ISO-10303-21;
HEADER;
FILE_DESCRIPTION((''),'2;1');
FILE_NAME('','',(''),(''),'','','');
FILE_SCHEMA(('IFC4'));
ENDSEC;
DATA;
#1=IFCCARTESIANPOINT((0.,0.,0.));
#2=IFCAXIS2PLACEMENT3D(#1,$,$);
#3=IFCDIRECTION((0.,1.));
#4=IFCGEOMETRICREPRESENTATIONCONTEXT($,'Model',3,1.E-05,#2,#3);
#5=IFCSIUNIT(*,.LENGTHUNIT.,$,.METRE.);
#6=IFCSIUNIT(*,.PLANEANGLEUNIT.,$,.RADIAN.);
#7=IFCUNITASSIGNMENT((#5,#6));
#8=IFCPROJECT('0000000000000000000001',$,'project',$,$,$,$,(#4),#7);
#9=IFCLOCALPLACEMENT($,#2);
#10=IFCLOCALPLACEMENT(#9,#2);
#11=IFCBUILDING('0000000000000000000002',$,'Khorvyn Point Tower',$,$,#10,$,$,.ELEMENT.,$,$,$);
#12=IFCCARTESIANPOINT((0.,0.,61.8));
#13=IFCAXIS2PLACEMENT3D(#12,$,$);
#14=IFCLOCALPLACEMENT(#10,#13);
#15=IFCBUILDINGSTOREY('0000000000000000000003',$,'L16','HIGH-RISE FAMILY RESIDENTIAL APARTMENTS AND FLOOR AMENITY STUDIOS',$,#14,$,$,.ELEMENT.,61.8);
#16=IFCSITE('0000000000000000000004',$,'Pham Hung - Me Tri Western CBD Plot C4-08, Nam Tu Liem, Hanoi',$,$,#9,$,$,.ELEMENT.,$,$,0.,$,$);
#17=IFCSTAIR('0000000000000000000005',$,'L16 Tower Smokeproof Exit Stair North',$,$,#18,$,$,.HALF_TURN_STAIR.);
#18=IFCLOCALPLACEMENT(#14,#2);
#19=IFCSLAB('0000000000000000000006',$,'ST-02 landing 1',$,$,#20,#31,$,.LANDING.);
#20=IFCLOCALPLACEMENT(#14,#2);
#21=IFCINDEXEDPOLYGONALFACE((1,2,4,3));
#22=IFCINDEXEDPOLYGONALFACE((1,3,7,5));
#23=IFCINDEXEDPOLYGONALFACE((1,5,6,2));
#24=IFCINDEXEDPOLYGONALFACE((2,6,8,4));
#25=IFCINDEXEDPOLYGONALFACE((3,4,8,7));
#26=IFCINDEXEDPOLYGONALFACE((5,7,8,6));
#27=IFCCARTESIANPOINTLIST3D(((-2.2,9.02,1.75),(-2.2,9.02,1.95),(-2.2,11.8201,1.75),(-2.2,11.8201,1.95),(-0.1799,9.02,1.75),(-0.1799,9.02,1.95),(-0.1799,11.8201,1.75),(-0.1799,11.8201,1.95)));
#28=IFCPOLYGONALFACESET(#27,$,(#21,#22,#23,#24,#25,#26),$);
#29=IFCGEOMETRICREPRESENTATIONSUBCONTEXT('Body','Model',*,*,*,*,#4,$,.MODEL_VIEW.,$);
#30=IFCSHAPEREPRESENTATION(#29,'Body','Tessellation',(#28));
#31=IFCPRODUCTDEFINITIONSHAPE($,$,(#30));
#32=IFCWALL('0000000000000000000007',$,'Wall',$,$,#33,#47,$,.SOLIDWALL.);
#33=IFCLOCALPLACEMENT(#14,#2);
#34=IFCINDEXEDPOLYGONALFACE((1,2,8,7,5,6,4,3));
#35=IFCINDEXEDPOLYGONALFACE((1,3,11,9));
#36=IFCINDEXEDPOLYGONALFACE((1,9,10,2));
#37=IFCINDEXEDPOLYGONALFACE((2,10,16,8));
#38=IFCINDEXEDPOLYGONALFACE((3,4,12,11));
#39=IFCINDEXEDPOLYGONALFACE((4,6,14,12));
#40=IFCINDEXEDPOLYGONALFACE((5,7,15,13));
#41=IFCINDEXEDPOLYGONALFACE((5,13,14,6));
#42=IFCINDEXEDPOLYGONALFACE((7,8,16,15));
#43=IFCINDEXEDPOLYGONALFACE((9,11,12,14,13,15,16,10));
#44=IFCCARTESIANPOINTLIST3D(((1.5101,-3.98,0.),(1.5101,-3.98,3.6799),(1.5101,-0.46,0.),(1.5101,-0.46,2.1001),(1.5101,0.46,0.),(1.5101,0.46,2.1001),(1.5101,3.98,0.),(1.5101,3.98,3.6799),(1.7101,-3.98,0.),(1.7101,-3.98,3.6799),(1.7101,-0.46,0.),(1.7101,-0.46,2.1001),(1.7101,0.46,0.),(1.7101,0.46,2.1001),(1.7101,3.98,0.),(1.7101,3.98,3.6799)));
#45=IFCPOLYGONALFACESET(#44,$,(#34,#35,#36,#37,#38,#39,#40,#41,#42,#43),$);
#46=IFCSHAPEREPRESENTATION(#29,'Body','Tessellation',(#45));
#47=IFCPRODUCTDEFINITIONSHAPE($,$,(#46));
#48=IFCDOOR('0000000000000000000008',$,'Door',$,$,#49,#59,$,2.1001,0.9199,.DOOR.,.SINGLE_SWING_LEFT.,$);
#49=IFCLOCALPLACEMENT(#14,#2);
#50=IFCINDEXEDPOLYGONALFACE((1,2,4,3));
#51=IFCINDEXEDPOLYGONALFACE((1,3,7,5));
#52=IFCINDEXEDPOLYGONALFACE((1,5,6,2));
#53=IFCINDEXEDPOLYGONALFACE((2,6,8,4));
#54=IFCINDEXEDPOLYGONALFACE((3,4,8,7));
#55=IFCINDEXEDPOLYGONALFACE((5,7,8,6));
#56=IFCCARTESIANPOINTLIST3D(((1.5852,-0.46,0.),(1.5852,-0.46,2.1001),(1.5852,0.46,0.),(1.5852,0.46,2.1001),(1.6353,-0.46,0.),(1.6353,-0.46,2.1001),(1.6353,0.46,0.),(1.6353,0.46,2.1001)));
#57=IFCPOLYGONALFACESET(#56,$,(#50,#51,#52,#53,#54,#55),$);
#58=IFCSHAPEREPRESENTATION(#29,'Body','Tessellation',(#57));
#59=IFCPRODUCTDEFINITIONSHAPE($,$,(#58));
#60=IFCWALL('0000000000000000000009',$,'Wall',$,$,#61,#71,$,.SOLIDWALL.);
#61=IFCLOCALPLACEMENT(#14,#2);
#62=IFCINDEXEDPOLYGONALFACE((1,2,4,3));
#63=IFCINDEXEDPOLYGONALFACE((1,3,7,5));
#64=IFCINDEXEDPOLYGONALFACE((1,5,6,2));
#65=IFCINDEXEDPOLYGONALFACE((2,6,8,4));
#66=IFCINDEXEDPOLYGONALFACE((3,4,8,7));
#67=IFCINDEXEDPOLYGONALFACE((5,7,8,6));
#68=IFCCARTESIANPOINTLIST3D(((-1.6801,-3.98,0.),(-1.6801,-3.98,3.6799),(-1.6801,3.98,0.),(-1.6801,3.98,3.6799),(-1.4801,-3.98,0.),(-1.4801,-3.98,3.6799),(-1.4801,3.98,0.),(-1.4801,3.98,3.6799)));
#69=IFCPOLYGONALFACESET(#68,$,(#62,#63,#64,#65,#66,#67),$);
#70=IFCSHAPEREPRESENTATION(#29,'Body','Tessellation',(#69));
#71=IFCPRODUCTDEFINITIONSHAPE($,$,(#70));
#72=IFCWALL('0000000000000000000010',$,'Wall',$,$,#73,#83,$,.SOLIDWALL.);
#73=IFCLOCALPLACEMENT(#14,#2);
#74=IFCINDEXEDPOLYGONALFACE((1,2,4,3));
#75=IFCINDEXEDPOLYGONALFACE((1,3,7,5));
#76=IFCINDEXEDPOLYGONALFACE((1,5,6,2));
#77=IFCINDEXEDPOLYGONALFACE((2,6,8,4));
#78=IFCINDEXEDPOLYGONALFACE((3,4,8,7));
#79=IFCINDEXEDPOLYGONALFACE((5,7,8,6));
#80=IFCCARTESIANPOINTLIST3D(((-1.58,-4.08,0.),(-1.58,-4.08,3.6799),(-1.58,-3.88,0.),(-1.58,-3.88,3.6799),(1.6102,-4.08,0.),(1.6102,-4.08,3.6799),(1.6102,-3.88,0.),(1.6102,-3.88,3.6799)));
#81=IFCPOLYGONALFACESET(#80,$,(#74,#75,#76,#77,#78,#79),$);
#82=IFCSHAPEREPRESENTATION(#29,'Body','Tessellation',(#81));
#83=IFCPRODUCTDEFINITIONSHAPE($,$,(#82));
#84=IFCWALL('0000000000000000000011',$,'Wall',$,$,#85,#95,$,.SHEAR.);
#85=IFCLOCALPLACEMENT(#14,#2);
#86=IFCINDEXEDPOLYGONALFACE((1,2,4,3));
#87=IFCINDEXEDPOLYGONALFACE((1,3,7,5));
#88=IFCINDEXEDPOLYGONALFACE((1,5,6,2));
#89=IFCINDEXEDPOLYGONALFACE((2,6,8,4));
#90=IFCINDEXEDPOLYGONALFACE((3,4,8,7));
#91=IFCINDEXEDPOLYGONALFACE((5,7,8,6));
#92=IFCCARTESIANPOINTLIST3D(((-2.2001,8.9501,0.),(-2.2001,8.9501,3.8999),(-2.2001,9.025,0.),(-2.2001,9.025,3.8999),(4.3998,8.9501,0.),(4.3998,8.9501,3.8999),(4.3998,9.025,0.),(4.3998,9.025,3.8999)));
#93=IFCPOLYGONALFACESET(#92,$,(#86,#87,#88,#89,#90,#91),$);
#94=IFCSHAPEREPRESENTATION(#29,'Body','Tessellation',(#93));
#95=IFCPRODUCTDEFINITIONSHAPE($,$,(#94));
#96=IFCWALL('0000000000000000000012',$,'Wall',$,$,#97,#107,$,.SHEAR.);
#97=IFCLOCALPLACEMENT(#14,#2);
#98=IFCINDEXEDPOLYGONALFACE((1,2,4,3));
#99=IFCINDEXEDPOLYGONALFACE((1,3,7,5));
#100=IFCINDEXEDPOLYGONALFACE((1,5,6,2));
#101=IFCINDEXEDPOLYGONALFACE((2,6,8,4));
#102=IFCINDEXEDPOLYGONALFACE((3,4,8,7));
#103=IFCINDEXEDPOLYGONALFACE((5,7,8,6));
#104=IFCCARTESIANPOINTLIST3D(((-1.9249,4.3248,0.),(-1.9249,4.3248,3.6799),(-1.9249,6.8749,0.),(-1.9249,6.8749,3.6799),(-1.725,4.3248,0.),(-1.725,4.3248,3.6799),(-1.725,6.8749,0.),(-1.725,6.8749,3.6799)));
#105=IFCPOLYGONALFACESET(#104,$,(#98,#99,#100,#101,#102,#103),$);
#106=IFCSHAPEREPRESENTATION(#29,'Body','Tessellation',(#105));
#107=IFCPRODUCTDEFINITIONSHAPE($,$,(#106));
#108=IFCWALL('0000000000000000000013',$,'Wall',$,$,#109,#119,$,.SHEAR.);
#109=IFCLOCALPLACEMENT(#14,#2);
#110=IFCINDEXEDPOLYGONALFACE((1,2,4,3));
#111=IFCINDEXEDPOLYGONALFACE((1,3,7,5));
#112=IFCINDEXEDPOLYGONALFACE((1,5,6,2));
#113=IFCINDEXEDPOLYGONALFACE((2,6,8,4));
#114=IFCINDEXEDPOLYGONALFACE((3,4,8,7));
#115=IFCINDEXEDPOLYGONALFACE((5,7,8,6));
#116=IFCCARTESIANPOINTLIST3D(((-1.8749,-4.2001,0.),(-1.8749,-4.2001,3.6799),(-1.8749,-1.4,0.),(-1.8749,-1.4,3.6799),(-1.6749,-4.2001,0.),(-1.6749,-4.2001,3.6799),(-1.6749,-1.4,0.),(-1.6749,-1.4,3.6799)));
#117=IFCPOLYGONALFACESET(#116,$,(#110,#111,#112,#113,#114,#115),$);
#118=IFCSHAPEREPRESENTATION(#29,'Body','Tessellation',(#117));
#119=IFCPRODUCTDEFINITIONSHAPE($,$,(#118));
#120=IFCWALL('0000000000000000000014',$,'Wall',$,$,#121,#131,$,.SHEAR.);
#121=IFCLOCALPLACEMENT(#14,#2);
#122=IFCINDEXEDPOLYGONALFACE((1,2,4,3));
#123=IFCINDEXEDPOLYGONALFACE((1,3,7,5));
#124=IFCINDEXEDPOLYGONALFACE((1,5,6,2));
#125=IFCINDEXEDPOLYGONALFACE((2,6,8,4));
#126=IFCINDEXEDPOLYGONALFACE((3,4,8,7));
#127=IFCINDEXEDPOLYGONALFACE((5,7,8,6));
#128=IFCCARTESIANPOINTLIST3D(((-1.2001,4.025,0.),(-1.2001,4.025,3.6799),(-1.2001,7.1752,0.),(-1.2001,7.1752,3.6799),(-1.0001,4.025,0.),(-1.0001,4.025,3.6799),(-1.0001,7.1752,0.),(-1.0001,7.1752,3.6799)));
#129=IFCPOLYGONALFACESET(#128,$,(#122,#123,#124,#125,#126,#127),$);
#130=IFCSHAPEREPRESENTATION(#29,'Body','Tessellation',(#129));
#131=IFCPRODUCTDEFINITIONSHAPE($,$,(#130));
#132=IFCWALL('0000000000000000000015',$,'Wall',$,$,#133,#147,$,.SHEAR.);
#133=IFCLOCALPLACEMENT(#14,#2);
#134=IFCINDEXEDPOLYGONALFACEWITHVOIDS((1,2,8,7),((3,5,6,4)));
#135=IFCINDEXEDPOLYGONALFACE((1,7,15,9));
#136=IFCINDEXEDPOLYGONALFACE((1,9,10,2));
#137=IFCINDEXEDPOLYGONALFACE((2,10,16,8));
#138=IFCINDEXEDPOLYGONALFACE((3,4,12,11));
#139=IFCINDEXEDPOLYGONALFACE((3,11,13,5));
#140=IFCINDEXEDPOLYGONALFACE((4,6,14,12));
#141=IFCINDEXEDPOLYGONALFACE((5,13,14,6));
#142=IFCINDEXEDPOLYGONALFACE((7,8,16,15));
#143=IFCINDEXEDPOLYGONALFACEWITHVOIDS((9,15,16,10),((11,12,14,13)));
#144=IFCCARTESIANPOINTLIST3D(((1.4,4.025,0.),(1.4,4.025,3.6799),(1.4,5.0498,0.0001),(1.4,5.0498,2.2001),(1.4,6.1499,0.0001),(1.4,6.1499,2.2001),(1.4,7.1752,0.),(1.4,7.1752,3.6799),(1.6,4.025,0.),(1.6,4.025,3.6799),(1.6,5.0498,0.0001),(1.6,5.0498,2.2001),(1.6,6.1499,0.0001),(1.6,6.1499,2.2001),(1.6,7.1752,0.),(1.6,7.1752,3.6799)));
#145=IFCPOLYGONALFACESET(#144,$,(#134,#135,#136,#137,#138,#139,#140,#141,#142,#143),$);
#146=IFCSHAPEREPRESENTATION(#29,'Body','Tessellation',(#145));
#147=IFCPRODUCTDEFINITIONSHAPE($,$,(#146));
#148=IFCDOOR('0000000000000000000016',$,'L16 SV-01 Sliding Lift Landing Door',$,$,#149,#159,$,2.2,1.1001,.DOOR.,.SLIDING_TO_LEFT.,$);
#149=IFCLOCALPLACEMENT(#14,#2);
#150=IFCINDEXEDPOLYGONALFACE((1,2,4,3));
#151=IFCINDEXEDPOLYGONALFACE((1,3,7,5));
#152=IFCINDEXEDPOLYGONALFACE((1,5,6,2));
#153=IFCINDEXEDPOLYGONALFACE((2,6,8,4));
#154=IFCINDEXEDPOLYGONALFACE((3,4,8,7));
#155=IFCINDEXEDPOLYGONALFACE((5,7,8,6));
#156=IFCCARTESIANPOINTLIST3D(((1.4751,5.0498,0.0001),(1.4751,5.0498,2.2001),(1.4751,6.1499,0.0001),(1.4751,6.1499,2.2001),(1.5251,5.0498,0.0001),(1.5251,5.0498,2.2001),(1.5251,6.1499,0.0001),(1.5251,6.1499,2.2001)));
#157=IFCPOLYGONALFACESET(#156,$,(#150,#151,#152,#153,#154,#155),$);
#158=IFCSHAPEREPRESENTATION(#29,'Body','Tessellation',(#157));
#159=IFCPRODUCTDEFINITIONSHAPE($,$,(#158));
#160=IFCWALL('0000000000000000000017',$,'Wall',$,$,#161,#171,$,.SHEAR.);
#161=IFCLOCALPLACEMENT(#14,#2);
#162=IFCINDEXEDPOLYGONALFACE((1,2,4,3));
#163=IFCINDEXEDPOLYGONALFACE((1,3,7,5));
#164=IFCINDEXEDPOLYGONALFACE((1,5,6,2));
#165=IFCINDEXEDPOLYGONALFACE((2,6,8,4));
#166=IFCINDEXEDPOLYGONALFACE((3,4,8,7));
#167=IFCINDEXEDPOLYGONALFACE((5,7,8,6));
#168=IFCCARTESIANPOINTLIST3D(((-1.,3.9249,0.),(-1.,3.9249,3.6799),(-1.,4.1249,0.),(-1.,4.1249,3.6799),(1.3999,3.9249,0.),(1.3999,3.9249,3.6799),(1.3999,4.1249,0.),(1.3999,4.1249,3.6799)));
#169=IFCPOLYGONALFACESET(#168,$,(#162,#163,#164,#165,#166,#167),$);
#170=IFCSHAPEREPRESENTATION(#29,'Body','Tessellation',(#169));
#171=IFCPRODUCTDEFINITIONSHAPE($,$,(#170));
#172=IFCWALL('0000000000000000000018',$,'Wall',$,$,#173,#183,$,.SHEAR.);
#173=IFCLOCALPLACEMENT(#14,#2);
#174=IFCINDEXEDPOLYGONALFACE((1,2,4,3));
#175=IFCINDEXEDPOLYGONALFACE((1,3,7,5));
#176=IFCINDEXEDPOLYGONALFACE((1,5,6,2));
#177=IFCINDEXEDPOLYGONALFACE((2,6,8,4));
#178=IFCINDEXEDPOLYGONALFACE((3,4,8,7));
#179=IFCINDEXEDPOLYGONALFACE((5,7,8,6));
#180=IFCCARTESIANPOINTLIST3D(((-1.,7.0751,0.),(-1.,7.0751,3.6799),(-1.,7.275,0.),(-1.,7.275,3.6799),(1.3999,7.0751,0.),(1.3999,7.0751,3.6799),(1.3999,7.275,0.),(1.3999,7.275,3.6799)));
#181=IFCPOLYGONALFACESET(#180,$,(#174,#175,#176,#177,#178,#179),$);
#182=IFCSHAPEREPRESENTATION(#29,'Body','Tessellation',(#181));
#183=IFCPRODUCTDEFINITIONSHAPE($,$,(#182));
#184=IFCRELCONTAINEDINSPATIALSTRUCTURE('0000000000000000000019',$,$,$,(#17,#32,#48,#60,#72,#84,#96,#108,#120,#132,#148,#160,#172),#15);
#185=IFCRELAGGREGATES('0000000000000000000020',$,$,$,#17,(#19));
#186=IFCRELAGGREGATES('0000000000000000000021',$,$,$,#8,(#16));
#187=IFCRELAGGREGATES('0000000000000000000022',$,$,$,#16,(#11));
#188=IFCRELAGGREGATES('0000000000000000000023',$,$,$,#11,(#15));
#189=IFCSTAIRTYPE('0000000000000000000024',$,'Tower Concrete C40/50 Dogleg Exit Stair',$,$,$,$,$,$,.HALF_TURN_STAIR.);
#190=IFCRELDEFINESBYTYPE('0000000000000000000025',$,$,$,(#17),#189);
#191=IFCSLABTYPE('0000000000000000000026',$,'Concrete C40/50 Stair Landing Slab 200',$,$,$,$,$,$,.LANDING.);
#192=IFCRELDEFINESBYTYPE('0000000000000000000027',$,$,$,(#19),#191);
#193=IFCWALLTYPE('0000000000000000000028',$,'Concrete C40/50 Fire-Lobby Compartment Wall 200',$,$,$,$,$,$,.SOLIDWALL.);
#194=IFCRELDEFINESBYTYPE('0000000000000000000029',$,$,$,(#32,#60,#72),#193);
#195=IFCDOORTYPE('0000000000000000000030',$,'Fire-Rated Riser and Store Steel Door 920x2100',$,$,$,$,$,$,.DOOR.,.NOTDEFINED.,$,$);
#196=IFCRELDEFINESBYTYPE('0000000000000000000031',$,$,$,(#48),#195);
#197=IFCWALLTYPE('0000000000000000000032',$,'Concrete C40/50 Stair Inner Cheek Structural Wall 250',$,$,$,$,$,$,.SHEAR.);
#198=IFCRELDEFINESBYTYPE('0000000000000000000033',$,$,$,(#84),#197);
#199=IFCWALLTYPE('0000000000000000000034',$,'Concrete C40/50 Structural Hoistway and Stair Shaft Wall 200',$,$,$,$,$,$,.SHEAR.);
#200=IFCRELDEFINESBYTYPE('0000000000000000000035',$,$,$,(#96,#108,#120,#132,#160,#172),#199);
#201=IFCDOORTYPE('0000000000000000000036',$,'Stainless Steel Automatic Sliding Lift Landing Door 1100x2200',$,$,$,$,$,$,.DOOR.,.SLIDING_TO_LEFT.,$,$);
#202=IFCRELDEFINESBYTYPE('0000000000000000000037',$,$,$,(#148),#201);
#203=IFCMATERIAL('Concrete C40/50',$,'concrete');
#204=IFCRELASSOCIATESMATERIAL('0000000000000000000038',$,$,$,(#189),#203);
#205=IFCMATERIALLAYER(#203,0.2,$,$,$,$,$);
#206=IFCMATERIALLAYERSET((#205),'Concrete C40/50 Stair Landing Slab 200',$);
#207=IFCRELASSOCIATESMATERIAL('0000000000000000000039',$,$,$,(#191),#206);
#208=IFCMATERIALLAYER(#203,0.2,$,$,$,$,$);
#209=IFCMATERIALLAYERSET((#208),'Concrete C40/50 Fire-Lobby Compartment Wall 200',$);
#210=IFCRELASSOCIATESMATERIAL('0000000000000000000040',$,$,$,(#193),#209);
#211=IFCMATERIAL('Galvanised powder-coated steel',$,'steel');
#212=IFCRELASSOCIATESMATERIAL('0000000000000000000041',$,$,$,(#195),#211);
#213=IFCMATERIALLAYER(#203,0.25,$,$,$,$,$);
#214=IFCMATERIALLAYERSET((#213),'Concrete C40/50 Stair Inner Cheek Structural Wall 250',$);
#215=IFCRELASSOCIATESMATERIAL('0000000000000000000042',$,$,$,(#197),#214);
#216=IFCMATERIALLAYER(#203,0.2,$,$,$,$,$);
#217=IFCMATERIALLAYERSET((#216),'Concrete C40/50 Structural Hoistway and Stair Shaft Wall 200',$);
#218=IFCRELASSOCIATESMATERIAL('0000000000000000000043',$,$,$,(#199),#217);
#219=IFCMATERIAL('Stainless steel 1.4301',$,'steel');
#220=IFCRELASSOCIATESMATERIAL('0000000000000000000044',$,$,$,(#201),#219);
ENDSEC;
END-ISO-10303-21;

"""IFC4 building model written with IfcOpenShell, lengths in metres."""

from ifc_helpers import new_model, si_unit, direction, frame, frame_2d, origin, place, context, subcontext, project, spatial, polyline, rectangle, outline, extrude, material, layer, layer_set, type_object, element, fill, aggregate, save


model = new_model("IFC4")

# Units and contexts
model_context = context("Model", 3, precision=1e-05, world=origin(), true_north=direction((0.0, 1.0)))
body_context = subcontext(model_context, "Body", "Model", "MODEL_VIEW")
ifc_project = project(units=[si_unit("LENGTHUNIT", "METRE"), si_unit("PLANEANGLEUNIT", "RADIAN")], contexts=[model_context])

# Site, building, storey
site_placement = place(None, origin())
site = spatial("IfcSite", under=ifc_project, at=site_placement, Name="Pham Hung - Me Tri Western CBD Plot C4-08, Nam Tu Liem, Hanoi", CompositionType="ELEMENT", RefElevation=0.0)
building_placement = place(site_placement, origin())
building = spatial("IfcBuilding", under=site, at=building_placement, Name="Khorvyn Point Tower", CompositionType="ELEMENT")
storey_placement = place(building_placement, frame((0.0, 0.0, 61.8)))
storey = spatial("IfcBuildingStorey", under=building, at=storey_placement, Name="L16", Description="HIGH-RISE FAMILY RESIDENTIAL APARTMENTS AND FLOOR AMENITY STUDIOS", CompositionType="ELEMENT", Elevation=61.8)

# Shared definitions
ifc_material_1 = material(Name="Concrete C40/50", Category="concrete")

# Stair, slab
stair_type = type_object("IfcStairType", Name="Tower Concrete C40/50 Dogleg Exit Stair", PredefinedType="HALF_TURN_STAIR", material=ifc_material_1)
ifc_layer_1 = layer(ifc_material_1, 0.2)
ifc_layer_set_1 = layer_set([ifc_layer_1], Name="Concrete C40/50 Stair Landing Slab 200")
slab_type_1 = type_object("IfcSlabType", Name="Concrete C40/50 Stair Landing Slab 200", PredefinedType="LANDING", material=ifc_layer_set_1)
stair_1_placement = place(storey_placement, origin())
stair_1 = element("IfcStair", 1, at=stair_1_placement, inside=storey, type_object=stair_type, Name="L16 Tower Smokeproof Exit Stair North", PredefinedType="HALF_TURN_STAIR")
slab_1_placement = place(storey_placement, frame((0.0, 0.0, 1.75)))
slab_1 = element("IfcSlab", 2, at=slab_1_placement, type_object=slab_type_1, Name="ST-02 landing 1", PredefinedType="LANDING", context=body_context, shape_type="SweptSolid", body=[
    extrude(outline(polyline([(-0.1799, 11.8201), (-2.2, 11.8201), (-2.2, 9.02), (-0.1799, 9.02), (-0.1799, 11.8201)])), origin(), (0.0, 0.0, 1.0), 0.2),
])

# Wall, opening, door
ifc_layer_2 = layer(ifc_material_1, 0.2)
ifc_layer_set_2 = layer_set([ifc_layer_2], Name="Concrete C40/50 Fire-Lobby Compartment Wall 200")
wall_type_1 = type_object("IfcWallType", Name="Concrete C40/50 Fire-Lobby Compartment Wall 200", PredefinedType="SOLIDWALL", material=ifc_layer_set_2)
wall_1_placement = place(storey_placement, frame((1.6101, -3.98, 0.0), z_axis=(0.0, 0.0, 1.0), x_axis=(0.0, 1.0, 0.0)))
wall_1 = element("IfcWall", 3, at=wall_1_placement, inside=storey, type_object=wall_type_1, Name="Wall", PredefinedType="SOLIDWALL", context=body_context, shape_type="SweptSolid", body=[
    extrude(rectangle(XDim=7.96, YDim=0.2, at=frame_2d((3.98, 0.0))), origin(), (0.0, 0.0, 1.0), 3.6799),
])
opening_1_placement = place(wall_1_placement, frame((3.52, 0.0, 0.0)))
opening_1 = element("IfcOpeningElement", 4, at=opening_1_placement, cuts=wall_1, PredefinedType="OPENING", context=body_context, shape_type="SweptSolid", body=[
    extrude(rectangle(XDim=0.9199, YDim=2.1001, at=frame_2d((0.46, 1.05))), frame((0.0, 0.1099, 0.0), z_axis=(0.0, -1.0, 0.0), x_axis=(1.0, 0.0, 0.0)), (0.0, 0.0, 1.0), 0.22),
])
ifc_material_2 = material(Name="Galvanised powder-coated steel", Category="steel")
door_type_1 = type_object("IfcDoorType", Name="Fire-Rated Riser and Store Steel Door 920x2100", OperationType="NOTDEFINED", PredefinedType="DOOR", material=ifc_material_2)
door_1_placement = place(opening_1_placement, origin())
door_1 = element("IfcDoor", 5, at=door_1_placement, inside=storey, type_object=door_type_1, Name="Door", OperationType="SINGLE_SWING_LEFT", OverallHeight=2.1001, OverallWidth=0.9199, PredefinedType="DOOR", context=body_context, shape_type="SweptSolid", body=[
    extrude(rectangle(XDim=0.9199, YDim=2.1001, at=frame_2d((0.46, 1.05))), frame((0.0, 0.0249, 0.0), z_axis=(0.0, -1.0, 0.0), x_axis=(1.0, 0.0, 0.0)), (0.0, 0.0, 1.0), 0.05),
])
fill(opening_1, door_1)

# Walls
wall_2_placement = place(storey_placement, frame((-1.5801, -3.98, 0.0), z_axis=(0.0, 0.0, 1.0), x_axis=(0.0, 1.0, 0.0)))
element("IfcWall", 6, at=wall_2_placement, inside=storey, type_object=wall_type_1, Name="Wall", PredefinedType="SOLIDWALL", context=body_context, shape_type="SweptSolid", body=[
    extrude(rectangle(XDim=7.96, YDim=0.2, at=frame_2d((3.98, 0.0))), origin(), (0.0, 0.0, 1.0), 3.6799),
])
wall_3_placement = place(storey_placement, frame((-1.5801, -3.98, 0.0), z_axis=(0.0, 0.0, 1.0), x_axis=(1.0, 0.0, 0.0)))
element("IfcWall", 7, at=wall_3_placement, inside=storey, type_object=wall_type_1, Name="Wall", PredefinedType="SOLIDWALL", context=body_context, shape_type="SweptSolid", body=[
    extrude(rectangle(XDim=3.1902, YDim=0.2, at=frame_2d((1.5952, 0.0))), origin(), (0.0, 0.0, 1.0), 3.6799),
])
ifc_layer_3 = layer(ifc_material_1, 0.25)
ifc_layer_set_3 = layer_set([ifc_layer_3], Name="Concrete C40/50 Stair Inner Cheek Structural Wall 250")
wall_type_2 = type_object("IfcWallType", Name="Concrete C40/50 Stair Inner Cheek Structural Wall 250", PredefinedType="SHEAR", material=ifc_layer_set_3)
wall_4_placement = place(storey_placement, frame((-2.2, 8.9875, 0.0), z_axis=(0.0, 0.0, 1.0), x_axis=(1.0, 0.0, 0.0)))
element("IfcWall", 8, at=wall_4_placement, inside=storey, type_object=wall_type_2, Name="Wall", PredefinedType="SHEAR", context=body_context, shape_type="SweptSolid", body=[
    extrude(rectangle(XDim=6.5999, YDim=0.075, at=frame_2d((3.2998, 0.0))), origin(), (0.0, 0.0, 1.0), 3.8999),
])
ifc_layer_4 = layer(ifc_material_1, 0.2)
ifc_layer_set_4 = layer_set([ifc_layer_4], Name="Concrete C40/50 Structural Hoistway and Stair Shaft Wall 200")
wall_type_3 = type_object("IfcWallType", Name="Concrete C40/50 Structural Hoistway and Stair Shaft Wall 200", PredefinedType="SHEAR", material=ifc_layer_set_4)
wall_5_placement = place(storey_placement, frame((-1.825, 4.325, 0.0), z_axis=(0.0, 0.0, 1.0), x_axis=(0.0, 1.0, 0.0)))
element("IfcWall", 9, at=wall_5_placement, inside=storey, type_object=wall_type_3, Name="Wall", PredefinedType="SHEAR", context=body_context, shape_type="SweptSolid", body=[
    extrude(rectangle(XDim=2.55, YDim=0.2, at=frame_2d((1.2749, 0.0))), origin(), (0.0, 0.0, 1.0), 3.6799),
])
wall_6_placement = place(storey_placement, frame((-1.7749, -4.2, 0.0), z_axis=(0.0, 0.0, 1.0), x_axis=(0.0, 1.0, 0.0)))
element("IfcWall", 10, at=wall_6_placement, inside=storey, type_object=wall_type_3, Name="Wall", PredefinedType="SHEAR", context=body_context, shape_type="SweptSolid", body=[
    extrude(rectangle(XDim=2.8, YDim=0.2, at=frame_2d((1.3999, 0.0))), origin(), (0.0, 0.0, 1.0), 3.6799),
])
wall_7_placement = place(storey_placement, frame((-1.1001, 4.0249, 0.0), z_axis=(0.0, 0.0, 1.0), x_axis=(0.0, 1.0, 0.0)))
element("IfcWall", 11, at=wall_7_placement, inside=storey, type_object=wall_type_3, Name="Wall", PredefinedType="SHEAR", context=body_context, shape_type="SweptSolid", body=[
    extrude(rectangle(XDim=3.1501, YDim=0.2, at=frame_2d((1.5752, 0.0))), origin(), (0.0, 0.0, 1.0), 3.6799),
])

# Wall, opening, door
wall_8_placement = place(storey_placement, frame((1.5, 4.0249, 0.0), z_axis=(0.0, 0.0, 1.0), x_axis=(0.0, 1.0, 0.0)))
wall_8 = element("IfcWall", 12, at=wall_8_placement, inside=storey, type_object=wall_type_3, Name="Wall", PredefinedType="SHEAR", context=body_context, shape_type="SweptSolid", body=[
    extrude(rectangle(XDim=3.1501, YDim=0.2, at=frame_2d((1.5752, 0.0))), origin(), (0.0, 0.0, 1.0), 3.6799),
])
opening_2_placement = place(wall_8_placement, frame((1.0249, 0.0, 0.0)))
opening_2 = element("IfcOpeningElement", 13, at=opening_2_placement, cuts=wall_8, PredefinedType="OPENING", context=body_context, shape_type="SweptSolid", body=[
    extrude(rectangle(XDim=1.1001, YDim=2.2, at=frame_2d((0.55, 1.1001))), frame((0.0, 0.1099, 0.0), z_axis=(0.0, -1.0, 0.0), x_axis=(1.0, 0.0, 0.0)), (0.0, 0.0, 1.0), 0.22),
])
ifc_material_3 = material(Name="Stainless steel 1.4301", Category="steel")
door_type_2 = type_object("IfcDoorType", Name="Stainless Steel Automatic Sliding Lift Landing Door 1100x2200", OperationType="SLIDING_TO_LEFT", PredefinedType="DOOR", material=ifc_material_3)
door_2_placement = place(opening_2_placement, origin())
door_2 = element("IfcDoor", 14, at=door_2_placement, inside=storey, type_object=door_type_2, Name="L16 SV-01 Sliding Lift Landing Door", OperationType="SLIDING_TO_LEFT", OverallHeight=2.2, OverallWidth=1.1001, PredefinedType="DOOR", context=body_context, shape_type="SweptSolid", body=[
    extrude(rectangle(XDim=1.1001, YDim=2.2, at=frame_2d((0.55, 1.1001))), frame((0.0, 0.0249, 0.0), z_axis=(0.0, -1.0, 0.0), x_axis=(1.0, 0.0, 0.0)), (0.0, 0.0, 1.0), 0.05),
])
fill(opening_2, door_2)

# Walls
for number, where, z_axis, x_axis, name in (
    (15, (-1.0, 4.0249, 0.0), (0.0, 0.0, 1.0), (1.0, 0.0, 0.0), "Wall"),
    (16, (-1.0, 7.175, 0.0), (0.0, 0.0, 1.0), (1.0, 0.0, 0.0), "Wall"),
):
    element("IfcWall", number, at=place(storey_placement, frame(where, z_axis=z_axis, x_axis=x_axis)), inside=storey, type_object=wall_type_3, Name=name, PredefinedType="SHEAR", context=body_context, shape_type="SweptSolid", body=[
        extrude(rectangle(XDim=2.3999, YDim=0.2, at=frame_2d((1.2, 0.0))), origin(), (0.0, 0.0, 1.0), 3.6799),
    ])

aggregate(stair_1, [slab_1])

save(model, "model.ifc")
